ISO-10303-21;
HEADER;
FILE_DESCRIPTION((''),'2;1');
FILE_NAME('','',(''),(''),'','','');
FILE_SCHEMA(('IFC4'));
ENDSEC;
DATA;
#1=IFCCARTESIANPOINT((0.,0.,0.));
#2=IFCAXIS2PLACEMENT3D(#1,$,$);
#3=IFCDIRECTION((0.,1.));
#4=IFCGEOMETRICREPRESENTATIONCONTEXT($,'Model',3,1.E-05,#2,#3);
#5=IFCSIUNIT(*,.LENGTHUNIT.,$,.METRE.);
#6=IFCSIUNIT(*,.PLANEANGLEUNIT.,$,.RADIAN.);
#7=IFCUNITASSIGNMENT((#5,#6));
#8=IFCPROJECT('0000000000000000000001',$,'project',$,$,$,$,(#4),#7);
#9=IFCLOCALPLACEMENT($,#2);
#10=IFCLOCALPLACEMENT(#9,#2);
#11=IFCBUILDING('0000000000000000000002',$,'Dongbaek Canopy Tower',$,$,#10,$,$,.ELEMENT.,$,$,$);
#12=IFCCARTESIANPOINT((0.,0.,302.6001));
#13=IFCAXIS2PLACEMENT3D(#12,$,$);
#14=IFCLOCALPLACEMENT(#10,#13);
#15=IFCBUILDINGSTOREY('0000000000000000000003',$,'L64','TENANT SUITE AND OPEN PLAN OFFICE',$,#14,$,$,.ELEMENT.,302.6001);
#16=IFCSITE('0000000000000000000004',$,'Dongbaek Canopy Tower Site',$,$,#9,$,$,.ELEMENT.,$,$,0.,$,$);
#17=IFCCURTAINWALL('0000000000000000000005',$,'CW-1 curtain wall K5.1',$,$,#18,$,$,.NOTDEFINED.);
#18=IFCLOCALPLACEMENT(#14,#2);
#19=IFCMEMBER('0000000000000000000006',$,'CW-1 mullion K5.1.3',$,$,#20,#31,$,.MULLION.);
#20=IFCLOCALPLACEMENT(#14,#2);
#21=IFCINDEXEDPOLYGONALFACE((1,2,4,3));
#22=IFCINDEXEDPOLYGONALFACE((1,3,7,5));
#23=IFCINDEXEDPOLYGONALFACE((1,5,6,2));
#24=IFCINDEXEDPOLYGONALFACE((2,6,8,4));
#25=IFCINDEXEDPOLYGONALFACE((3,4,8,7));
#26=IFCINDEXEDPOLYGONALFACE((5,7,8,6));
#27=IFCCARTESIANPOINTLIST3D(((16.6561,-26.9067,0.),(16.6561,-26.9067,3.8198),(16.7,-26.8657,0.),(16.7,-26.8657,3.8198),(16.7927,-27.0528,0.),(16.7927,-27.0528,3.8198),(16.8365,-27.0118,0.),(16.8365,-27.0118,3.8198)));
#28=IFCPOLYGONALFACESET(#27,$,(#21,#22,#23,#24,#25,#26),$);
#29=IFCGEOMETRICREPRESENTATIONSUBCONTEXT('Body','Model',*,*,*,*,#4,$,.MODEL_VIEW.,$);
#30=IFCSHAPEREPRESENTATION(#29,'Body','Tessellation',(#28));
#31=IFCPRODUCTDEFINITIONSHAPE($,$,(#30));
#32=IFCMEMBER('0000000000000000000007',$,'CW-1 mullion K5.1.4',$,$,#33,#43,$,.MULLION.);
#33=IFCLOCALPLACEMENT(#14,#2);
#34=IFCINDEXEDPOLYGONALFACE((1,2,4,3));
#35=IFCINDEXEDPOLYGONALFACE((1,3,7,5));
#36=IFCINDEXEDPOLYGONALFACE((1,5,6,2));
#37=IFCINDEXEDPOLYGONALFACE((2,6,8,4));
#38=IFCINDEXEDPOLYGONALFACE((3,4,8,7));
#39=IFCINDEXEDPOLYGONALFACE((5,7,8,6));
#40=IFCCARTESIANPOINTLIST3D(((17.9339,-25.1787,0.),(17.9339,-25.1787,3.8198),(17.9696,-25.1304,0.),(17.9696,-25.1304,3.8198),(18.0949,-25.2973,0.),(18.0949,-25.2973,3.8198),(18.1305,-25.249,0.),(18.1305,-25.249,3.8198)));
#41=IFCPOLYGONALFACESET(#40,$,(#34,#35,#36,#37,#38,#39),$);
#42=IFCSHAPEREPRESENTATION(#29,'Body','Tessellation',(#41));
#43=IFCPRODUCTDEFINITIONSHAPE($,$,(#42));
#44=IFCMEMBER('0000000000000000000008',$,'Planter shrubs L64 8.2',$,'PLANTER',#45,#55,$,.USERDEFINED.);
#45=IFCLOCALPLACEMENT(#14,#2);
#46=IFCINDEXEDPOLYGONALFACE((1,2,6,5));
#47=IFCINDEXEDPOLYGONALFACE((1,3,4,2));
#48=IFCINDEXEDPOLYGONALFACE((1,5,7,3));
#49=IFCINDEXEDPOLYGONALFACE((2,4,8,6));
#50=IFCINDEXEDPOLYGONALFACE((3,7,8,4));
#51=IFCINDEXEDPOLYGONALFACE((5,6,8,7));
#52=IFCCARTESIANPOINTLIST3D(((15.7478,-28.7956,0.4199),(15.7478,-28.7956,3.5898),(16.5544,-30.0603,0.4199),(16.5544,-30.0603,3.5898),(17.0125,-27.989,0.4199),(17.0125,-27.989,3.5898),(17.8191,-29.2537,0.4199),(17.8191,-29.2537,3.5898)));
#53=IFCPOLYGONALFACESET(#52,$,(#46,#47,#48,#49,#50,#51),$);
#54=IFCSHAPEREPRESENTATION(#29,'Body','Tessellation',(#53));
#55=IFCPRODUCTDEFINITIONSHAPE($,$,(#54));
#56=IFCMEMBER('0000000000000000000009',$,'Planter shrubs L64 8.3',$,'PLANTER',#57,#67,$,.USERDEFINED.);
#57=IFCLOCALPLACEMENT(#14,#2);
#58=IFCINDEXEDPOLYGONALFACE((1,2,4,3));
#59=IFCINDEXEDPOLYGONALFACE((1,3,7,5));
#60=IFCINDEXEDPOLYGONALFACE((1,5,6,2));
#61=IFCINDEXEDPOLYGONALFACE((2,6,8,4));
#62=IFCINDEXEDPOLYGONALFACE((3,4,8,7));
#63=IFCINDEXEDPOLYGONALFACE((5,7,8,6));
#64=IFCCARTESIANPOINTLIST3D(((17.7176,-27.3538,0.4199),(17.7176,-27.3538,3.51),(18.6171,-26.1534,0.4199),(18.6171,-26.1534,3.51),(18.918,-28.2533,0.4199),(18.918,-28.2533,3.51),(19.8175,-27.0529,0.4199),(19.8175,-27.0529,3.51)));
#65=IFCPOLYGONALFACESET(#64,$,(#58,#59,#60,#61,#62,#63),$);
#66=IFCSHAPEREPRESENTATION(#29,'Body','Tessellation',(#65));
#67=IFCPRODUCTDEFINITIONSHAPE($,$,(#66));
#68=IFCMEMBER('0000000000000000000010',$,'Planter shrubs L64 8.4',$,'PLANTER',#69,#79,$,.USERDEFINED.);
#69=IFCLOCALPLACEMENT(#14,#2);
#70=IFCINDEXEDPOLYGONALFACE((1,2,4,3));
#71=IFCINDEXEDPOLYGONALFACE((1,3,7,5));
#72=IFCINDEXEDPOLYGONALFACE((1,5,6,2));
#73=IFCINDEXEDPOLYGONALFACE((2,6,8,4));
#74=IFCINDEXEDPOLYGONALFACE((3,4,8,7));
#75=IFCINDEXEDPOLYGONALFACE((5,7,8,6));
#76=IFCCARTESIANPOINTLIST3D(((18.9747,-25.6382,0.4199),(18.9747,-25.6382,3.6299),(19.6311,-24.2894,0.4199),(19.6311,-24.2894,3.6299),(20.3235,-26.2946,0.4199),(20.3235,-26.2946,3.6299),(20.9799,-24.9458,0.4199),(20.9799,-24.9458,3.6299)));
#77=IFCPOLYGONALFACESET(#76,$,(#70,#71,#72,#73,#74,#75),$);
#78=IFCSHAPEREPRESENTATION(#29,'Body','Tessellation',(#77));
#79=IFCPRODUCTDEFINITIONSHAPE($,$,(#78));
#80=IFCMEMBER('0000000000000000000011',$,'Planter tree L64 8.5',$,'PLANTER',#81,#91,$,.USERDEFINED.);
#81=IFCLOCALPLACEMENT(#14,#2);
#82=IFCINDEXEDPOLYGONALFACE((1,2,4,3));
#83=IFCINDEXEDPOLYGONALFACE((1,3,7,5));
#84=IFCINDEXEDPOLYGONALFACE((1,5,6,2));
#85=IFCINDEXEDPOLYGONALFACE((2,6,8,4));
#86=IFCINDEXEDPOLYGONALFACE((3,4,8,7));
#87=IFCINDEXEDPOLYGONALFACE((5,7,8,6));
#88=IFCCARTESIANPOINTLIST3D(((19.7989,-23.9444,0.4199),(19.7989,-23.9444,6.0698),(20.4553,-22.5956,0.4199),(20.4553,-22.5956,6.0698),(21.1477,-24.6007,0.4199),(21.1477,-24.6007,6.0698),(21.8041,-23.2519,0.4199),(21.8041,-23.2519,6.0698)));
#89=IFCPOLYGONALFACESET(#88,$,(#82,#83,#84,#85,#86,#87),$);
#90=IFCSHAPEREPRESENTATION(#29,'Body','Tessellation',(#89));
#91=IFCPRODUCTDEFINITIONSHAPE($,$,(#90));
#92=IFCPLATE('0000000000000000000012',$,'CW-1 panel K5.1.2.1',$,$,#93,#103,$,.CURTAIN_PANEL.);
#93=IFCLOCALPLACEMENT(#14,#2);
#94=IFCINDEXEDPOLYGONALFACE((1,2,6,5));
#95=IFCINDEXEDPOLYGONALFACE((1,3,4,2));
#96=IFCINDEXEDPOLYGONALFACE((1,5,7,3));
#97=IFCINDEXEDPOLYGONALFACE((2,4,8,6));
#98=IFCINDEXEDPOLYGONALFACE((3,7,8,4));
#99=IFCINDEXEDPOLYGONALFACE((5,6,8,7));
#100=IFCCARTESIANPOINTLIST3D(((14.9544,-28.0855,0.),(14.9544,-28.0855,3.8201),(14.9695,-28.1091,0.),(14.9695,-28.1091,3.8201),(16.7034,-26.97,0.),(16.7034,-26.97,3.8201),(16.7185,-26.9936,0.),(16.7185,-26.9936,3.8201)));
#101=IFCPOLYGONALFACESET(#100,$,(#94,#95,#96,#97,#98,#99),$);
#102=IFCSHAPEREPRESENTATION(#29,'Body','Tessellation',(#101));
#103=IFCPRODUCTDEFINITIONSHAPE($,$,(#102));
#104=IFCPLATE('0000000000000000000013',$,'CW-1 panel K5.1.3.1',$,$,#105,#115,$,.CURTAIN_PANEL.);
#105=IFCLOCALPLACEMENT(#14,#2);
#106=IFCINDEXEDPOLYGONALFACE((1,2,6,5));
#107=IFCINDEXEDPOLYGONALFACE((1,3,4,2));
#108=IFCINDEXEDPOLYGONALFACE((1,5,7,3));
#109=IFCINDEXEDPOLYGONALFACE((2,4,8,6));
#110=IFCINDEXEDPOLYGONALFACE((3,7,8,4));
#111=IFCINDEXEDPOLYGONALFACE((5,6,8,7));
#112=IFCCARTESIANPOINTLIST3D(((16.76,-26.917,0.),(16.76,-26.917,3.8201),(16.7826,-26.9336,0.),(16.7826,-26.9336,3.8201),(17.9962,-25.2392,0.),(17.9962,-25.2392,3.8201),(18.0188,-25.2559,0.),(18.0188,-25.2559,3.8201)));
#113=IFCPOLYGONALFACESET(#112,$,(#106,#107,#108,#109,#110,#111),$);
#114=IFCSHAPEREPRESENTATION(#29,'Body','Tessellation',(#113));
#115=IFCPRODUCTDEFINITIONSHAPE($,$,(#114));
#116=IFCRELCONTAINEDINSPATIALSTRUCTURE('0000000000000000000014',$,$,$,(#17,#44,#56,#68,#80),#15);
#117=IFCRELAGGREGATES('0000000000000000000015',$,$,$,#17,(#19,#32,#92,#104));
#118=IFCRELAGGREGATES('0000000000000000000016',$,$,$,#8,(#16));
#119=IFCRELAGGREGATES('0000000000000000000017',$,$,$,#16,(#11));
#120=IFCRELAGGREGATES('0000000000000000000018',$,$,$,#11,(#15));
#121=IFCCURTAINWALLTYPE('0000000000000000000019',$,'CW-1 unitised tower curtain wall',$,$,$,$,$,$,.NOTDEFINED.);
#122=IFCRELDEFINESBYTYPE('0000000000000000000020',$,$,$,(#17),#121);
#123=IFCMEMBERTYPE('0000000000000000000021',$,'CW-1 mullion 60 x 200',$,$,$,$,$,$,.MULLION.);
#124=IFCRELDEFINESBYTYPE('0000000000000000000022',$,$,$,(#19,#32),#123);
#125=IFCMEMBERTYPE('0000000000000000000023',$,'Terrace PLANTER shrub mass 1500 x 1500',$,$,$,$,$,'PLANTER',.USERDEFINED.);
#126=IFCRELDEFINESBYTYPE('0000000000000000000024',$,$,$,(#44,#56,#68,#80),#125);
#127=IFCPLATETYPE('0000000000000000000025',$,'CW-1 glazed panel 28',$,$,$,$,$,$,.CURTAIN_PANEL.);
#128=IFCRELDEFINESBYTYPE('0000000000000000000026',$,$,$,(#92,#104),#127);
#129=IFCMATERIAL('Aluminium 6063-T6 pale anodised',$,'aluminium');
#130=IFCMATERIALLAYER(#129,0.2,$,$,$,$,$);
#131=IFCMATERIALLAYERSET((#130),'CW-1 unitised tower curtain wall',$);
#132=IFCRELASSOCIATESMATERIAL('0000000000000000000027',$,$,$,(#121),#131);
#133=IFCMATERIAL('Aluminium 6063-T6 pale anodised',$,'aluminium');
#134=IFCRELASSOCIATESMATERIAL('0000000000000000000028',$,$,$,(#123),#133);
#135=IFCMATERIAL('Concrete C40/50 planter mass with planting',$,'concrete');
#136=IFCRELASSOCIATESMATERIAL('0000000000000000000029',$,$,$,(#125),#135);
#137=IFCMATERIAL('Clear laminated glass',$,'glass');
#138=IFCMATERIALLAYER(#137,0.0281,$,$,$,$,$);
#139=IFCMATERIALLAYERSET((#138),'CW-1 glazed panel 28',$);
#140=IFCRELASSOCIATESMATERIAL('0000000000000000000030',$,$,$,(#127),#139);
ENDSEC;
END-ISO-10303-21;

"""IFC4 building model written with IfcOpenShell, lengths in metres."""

from ifc_helpers import new_model, si_unit, direction, frame, origin, origin_2d, place, context, subcontext, project, spatial, rectangle, extrude, material, layer, layer_set, material_profile, profile_set, type_object, element, aggregate, save


model = new_model("IFC4")

# Units and contexts
model_context = context("Model", 3, precision=1e-05, world=origin(), true_north=direction((0.0, 1.0)))
body_context = subcontext(model_context, "Body", "Model", "MODEL_VIEW")
ifc_project = project(units=[si_unit("LENGTHUNIT", "METRE"), si_unit("PLANEANGLEUNIT", "RADIAN")], contexts=[model_context])

# Site, building, storey
site_placement = place(None, origin())
site = spatial("IfcSite", under=ifc_project, at=site_placement, Name="Dongbaek Canopy Tower Site", CompositionType="ELEMENT", RefElevation=0.0)
building_placement = place(site_placement, origin())
building = spatial("IfcBuilding", under=site, at=building_placement, Name="Dongbaek Canopy Tower", CompositionType="ELEMENT")
storey_placement = place(building_placement, frame((0.0, 0.0, 302.6001)))
storey = spatial("IfcBuildingStorey", under=building, at=storey_placement, Name="L64", Description="TENANT SUITE AND OPEN PLAN OFFICE", CompositionType="ELEMENT", Elevation=302.6001)

# Curtain wall, members
ifc_material_1 = material(Name="Aluminium 6063-T6 pale anodised", Category="aluminium")
ifc_layer_1 = layer(ifc_material_1, 0.2)
ifc_layer_set_1 = layer_set([ifc_layer_1], Name="CW-1 unitised tower curtain wall")
curtain_wall_type = type_object("IfcCurtainWallType", Name="CW-1 unitised tower curtain wall", PredefinedType="NOTDEFINED", material=ifc_layer_set_1)
curtain_wall_placement = place(storey_placement, origin())
curtain_wall = element("IfcCurtainWall", 1, at=curtain_wall_placement, inside=storey, type_object=curtain_wall_type, Name="CW-1 curtain wall K5.1", PredefinedType="NOTDEFINED")
ifc_material_2 = material(Name="Aluminium 6063-T6 pale anodised", Category="aluminium")
ifc_material_profile_1 = material_profile(ifc_material_2, rectangle(XDim=0.2, YDim=0.0601, at=origin_2d()), Name="CW-1 mullion 60 x 200")
ifc_profile_set_1 = profile_set([ifc_material_profile_1], Name="Aluminium 6063-T6 pale anodised")
member_type_1 = type_object("IfcMemberType", Name="CW-1 mullion 60 x 200", PredefinedType="MULLION", material=ifc_profile_set_1)
member_1_placement = place(storey_placement, frame((16.7463, -26.9592, 0.0), z_axis=(0.0, 0.0, 1.0), x_axis=(0.682926, -0.730487, 0.0)))
member_1 = element("IfcMember", 2, at=member_1_placement, type_object=member_type_1, Name="CW-1 mullion K5.1.3", PredefinedType="MULLION", context=body_context, shape_type="SweptSolid", body=[
    extrude(rectangle(XDim=0.2, YDim=0.0601, at=origin_2d()), origin(), (0.0, 0.0, 1.0), 3.8198),
])
member_2_placement = place(storey_placement, frame((18.0322, -25.2139, 0.0), z_axis=(0.0, 0.0, 1.0), x_axis=(0.805062, -0.593191, 0.0)))
member_2 = element("IfcMember", 3, at=member_2_placement, type_object=member_type_1, Name="CW-1 mullion K5.1.4", PredefinedType="MULLION", context=body_context, shape_type="SweptSolid", body=[
    extrude(rectangle(XDim=0.2, YDim=0.0601, at=origin_2d()), origin(), (0.0, 0.0, 1.0), 3.8198),
])

# Members
ifc_material_3 = material(Name="Concrete C40/50 planter mass with planting", Category="concrete")
ifc_material_profile_2 = material_profile(ifc_material_3, rectangle(XDim=1.5, YDim=1.5, at=origin_2d()), Name="Terrace PLANTER shrub mass 1500 x 1500")
ifc_profile_set_2 = profile_set([ifc_material_profile_2], Name="Concrete C40/50 planter mass with planting")
member_type_2 = type_object("IfcMemberType", Name="Terrace PLANTER shrub mass 1500 x 1500", ElementType="PLANTER", PredefinedType="USERDEFINED", material=ifc_profile_set_2)
member_3_placement = place(storey_placement, frame((16.7834, -29.0247, 0.4199), z_axis=(0.0, 0.0, 1.0), x_axis=(0.53773, -0.843117, 0.0)))
element("IfcMember", 4, at=member_3_placement, inside=storey, type_object=member_type_2, Name="Planter shrubs L64 8.2", ObjectType="PLANTER", PredefinedType="USERDEFINED", context=body_context, shape_type="SweptSolid", body=[
    extrude(rectangle(XDim=1.5, YDim=1.5, at=origin_2d()), origin(), (0.0, 0.0, 1.0), 3.1699),
])
member_4_placement = place(storey_placement, frame((18.7676, -27.2034, 0.4199), z_axis=(0.0, 0.0, 1.0), x_axis=(0.800268, -0.599643, 0.0)))
element("IfcMember", 5, at=member_4_placement, inside=storey, type_object=member_type_2, Name="Planter shrubs L64 8.3", ObjectType="PLANTER", PredefinedType="USERDEFINED", context=body_context, shape_type="SweptSolid", body=[
    extrude(rectangle(XDim=1.5, YDim=1.5, at=origin_2d()), origin(), (0.0, 0.0, 1.0), 3.0901),
])
member_5_placement = place(storey_placement, frame((19.9773, -25.292, 0.4199), z_axis=(0.0, 0.0, 1.0), x_axis=(0.899184, -0.43757, 0.0)))
element("IfcMember", 6, at=member_5_placement, inside=storey, type_object=member_type_2, Name="Planter shrubs L64 8.4", ObjectType="PLANTER", PredefinedType="USERDEFINED", context=body_context, shape_type="SweptSolid", body=[
    extrude(rectangle(XDim=1.5, YDim=1.5, at=origin_2d()), origin(), (0.0, 0.0, 1.0), 3.21),
])
member_6_placement = place(storey_placement, frame((20.8015, -23.5981, 0.4199), z_axis=(0.0, 0.0, 1.0), x_axis=(0.899184, -0.43757, 0.0)))
element("IfcMember", 7, at=member_6_placement, inside=storey, type_object=member_type_2, Name="Planter tree L64 8.5", ObjectType="PLANTER", PredefinedType="USERDEFINED", context=body_context, shape_type="SweptSolid", body=[
    extrude(rectangle(XDim=1.5, YDim=1.5, at=origin_2d()), origin(), (0.0, 0.0, 1.0), 5.6499),
])

# Plates
ifc_material_4 = material(Name="Clear laminated glass", Category="glass")
ifc_layer_2 = layer(ifc_material_4, 0.0281)
ifc_layer_set_2 = layer_set([ifc_layer_2], Name="CW-1 glazed panel 28")
plate_type = type_object("IfcPlateType", Name="CW-1 glazed panel 28", PredefinedType="CURTAIN_PANEL", material=ifc_layer_set_2)
plate_1_placement = place(storey_placement, frame((15.8364, -27.5396, 0.0), z_axis=(0.0, 0.0, 1.0), x_axis=(0.843117, 0.53773, 0.0)))
plate_1 = element("IfcPlate", 8, at=plate_1_placement, type_object=plate_type, Name="CW-1 panel K5.1.2.1", PredefinedType="CURTAIN_PANEL", context=body_context, shape_type="SweptSolid", body=[
    extrude(rectangle(XDim=2.0745, YDim=0.0281, at=origin_2d()), origin(), (0.0, 0.0, 1.0), 3.8201),
])
plate_2_placement = place(storey_placement, frame((17.3894, -26.0864, 0.0), z_axis=(0.0, 0.0, 1.0), x_axis=(0.593191, 0.805062, 0.0)))
plate_2 = element("IfcPlate", 9, at=plate_2_placement, type_object=plate_type, Name="CW-1 panel K5.1.3.1", PredefinedType="CURTAIN_PANEL", context=body_context, shape_type="SweptSolid", body=[
    extrude(rectangle(XDim=2.084, YDim=0.0281, at=origin_2d()), origin(), (0.0, 0.0, 1.0), 3.8201),
])
aggregate(curtain_wall, [member_1, member_2, plate_1, plate_2])

save(model, "model.ifc")
